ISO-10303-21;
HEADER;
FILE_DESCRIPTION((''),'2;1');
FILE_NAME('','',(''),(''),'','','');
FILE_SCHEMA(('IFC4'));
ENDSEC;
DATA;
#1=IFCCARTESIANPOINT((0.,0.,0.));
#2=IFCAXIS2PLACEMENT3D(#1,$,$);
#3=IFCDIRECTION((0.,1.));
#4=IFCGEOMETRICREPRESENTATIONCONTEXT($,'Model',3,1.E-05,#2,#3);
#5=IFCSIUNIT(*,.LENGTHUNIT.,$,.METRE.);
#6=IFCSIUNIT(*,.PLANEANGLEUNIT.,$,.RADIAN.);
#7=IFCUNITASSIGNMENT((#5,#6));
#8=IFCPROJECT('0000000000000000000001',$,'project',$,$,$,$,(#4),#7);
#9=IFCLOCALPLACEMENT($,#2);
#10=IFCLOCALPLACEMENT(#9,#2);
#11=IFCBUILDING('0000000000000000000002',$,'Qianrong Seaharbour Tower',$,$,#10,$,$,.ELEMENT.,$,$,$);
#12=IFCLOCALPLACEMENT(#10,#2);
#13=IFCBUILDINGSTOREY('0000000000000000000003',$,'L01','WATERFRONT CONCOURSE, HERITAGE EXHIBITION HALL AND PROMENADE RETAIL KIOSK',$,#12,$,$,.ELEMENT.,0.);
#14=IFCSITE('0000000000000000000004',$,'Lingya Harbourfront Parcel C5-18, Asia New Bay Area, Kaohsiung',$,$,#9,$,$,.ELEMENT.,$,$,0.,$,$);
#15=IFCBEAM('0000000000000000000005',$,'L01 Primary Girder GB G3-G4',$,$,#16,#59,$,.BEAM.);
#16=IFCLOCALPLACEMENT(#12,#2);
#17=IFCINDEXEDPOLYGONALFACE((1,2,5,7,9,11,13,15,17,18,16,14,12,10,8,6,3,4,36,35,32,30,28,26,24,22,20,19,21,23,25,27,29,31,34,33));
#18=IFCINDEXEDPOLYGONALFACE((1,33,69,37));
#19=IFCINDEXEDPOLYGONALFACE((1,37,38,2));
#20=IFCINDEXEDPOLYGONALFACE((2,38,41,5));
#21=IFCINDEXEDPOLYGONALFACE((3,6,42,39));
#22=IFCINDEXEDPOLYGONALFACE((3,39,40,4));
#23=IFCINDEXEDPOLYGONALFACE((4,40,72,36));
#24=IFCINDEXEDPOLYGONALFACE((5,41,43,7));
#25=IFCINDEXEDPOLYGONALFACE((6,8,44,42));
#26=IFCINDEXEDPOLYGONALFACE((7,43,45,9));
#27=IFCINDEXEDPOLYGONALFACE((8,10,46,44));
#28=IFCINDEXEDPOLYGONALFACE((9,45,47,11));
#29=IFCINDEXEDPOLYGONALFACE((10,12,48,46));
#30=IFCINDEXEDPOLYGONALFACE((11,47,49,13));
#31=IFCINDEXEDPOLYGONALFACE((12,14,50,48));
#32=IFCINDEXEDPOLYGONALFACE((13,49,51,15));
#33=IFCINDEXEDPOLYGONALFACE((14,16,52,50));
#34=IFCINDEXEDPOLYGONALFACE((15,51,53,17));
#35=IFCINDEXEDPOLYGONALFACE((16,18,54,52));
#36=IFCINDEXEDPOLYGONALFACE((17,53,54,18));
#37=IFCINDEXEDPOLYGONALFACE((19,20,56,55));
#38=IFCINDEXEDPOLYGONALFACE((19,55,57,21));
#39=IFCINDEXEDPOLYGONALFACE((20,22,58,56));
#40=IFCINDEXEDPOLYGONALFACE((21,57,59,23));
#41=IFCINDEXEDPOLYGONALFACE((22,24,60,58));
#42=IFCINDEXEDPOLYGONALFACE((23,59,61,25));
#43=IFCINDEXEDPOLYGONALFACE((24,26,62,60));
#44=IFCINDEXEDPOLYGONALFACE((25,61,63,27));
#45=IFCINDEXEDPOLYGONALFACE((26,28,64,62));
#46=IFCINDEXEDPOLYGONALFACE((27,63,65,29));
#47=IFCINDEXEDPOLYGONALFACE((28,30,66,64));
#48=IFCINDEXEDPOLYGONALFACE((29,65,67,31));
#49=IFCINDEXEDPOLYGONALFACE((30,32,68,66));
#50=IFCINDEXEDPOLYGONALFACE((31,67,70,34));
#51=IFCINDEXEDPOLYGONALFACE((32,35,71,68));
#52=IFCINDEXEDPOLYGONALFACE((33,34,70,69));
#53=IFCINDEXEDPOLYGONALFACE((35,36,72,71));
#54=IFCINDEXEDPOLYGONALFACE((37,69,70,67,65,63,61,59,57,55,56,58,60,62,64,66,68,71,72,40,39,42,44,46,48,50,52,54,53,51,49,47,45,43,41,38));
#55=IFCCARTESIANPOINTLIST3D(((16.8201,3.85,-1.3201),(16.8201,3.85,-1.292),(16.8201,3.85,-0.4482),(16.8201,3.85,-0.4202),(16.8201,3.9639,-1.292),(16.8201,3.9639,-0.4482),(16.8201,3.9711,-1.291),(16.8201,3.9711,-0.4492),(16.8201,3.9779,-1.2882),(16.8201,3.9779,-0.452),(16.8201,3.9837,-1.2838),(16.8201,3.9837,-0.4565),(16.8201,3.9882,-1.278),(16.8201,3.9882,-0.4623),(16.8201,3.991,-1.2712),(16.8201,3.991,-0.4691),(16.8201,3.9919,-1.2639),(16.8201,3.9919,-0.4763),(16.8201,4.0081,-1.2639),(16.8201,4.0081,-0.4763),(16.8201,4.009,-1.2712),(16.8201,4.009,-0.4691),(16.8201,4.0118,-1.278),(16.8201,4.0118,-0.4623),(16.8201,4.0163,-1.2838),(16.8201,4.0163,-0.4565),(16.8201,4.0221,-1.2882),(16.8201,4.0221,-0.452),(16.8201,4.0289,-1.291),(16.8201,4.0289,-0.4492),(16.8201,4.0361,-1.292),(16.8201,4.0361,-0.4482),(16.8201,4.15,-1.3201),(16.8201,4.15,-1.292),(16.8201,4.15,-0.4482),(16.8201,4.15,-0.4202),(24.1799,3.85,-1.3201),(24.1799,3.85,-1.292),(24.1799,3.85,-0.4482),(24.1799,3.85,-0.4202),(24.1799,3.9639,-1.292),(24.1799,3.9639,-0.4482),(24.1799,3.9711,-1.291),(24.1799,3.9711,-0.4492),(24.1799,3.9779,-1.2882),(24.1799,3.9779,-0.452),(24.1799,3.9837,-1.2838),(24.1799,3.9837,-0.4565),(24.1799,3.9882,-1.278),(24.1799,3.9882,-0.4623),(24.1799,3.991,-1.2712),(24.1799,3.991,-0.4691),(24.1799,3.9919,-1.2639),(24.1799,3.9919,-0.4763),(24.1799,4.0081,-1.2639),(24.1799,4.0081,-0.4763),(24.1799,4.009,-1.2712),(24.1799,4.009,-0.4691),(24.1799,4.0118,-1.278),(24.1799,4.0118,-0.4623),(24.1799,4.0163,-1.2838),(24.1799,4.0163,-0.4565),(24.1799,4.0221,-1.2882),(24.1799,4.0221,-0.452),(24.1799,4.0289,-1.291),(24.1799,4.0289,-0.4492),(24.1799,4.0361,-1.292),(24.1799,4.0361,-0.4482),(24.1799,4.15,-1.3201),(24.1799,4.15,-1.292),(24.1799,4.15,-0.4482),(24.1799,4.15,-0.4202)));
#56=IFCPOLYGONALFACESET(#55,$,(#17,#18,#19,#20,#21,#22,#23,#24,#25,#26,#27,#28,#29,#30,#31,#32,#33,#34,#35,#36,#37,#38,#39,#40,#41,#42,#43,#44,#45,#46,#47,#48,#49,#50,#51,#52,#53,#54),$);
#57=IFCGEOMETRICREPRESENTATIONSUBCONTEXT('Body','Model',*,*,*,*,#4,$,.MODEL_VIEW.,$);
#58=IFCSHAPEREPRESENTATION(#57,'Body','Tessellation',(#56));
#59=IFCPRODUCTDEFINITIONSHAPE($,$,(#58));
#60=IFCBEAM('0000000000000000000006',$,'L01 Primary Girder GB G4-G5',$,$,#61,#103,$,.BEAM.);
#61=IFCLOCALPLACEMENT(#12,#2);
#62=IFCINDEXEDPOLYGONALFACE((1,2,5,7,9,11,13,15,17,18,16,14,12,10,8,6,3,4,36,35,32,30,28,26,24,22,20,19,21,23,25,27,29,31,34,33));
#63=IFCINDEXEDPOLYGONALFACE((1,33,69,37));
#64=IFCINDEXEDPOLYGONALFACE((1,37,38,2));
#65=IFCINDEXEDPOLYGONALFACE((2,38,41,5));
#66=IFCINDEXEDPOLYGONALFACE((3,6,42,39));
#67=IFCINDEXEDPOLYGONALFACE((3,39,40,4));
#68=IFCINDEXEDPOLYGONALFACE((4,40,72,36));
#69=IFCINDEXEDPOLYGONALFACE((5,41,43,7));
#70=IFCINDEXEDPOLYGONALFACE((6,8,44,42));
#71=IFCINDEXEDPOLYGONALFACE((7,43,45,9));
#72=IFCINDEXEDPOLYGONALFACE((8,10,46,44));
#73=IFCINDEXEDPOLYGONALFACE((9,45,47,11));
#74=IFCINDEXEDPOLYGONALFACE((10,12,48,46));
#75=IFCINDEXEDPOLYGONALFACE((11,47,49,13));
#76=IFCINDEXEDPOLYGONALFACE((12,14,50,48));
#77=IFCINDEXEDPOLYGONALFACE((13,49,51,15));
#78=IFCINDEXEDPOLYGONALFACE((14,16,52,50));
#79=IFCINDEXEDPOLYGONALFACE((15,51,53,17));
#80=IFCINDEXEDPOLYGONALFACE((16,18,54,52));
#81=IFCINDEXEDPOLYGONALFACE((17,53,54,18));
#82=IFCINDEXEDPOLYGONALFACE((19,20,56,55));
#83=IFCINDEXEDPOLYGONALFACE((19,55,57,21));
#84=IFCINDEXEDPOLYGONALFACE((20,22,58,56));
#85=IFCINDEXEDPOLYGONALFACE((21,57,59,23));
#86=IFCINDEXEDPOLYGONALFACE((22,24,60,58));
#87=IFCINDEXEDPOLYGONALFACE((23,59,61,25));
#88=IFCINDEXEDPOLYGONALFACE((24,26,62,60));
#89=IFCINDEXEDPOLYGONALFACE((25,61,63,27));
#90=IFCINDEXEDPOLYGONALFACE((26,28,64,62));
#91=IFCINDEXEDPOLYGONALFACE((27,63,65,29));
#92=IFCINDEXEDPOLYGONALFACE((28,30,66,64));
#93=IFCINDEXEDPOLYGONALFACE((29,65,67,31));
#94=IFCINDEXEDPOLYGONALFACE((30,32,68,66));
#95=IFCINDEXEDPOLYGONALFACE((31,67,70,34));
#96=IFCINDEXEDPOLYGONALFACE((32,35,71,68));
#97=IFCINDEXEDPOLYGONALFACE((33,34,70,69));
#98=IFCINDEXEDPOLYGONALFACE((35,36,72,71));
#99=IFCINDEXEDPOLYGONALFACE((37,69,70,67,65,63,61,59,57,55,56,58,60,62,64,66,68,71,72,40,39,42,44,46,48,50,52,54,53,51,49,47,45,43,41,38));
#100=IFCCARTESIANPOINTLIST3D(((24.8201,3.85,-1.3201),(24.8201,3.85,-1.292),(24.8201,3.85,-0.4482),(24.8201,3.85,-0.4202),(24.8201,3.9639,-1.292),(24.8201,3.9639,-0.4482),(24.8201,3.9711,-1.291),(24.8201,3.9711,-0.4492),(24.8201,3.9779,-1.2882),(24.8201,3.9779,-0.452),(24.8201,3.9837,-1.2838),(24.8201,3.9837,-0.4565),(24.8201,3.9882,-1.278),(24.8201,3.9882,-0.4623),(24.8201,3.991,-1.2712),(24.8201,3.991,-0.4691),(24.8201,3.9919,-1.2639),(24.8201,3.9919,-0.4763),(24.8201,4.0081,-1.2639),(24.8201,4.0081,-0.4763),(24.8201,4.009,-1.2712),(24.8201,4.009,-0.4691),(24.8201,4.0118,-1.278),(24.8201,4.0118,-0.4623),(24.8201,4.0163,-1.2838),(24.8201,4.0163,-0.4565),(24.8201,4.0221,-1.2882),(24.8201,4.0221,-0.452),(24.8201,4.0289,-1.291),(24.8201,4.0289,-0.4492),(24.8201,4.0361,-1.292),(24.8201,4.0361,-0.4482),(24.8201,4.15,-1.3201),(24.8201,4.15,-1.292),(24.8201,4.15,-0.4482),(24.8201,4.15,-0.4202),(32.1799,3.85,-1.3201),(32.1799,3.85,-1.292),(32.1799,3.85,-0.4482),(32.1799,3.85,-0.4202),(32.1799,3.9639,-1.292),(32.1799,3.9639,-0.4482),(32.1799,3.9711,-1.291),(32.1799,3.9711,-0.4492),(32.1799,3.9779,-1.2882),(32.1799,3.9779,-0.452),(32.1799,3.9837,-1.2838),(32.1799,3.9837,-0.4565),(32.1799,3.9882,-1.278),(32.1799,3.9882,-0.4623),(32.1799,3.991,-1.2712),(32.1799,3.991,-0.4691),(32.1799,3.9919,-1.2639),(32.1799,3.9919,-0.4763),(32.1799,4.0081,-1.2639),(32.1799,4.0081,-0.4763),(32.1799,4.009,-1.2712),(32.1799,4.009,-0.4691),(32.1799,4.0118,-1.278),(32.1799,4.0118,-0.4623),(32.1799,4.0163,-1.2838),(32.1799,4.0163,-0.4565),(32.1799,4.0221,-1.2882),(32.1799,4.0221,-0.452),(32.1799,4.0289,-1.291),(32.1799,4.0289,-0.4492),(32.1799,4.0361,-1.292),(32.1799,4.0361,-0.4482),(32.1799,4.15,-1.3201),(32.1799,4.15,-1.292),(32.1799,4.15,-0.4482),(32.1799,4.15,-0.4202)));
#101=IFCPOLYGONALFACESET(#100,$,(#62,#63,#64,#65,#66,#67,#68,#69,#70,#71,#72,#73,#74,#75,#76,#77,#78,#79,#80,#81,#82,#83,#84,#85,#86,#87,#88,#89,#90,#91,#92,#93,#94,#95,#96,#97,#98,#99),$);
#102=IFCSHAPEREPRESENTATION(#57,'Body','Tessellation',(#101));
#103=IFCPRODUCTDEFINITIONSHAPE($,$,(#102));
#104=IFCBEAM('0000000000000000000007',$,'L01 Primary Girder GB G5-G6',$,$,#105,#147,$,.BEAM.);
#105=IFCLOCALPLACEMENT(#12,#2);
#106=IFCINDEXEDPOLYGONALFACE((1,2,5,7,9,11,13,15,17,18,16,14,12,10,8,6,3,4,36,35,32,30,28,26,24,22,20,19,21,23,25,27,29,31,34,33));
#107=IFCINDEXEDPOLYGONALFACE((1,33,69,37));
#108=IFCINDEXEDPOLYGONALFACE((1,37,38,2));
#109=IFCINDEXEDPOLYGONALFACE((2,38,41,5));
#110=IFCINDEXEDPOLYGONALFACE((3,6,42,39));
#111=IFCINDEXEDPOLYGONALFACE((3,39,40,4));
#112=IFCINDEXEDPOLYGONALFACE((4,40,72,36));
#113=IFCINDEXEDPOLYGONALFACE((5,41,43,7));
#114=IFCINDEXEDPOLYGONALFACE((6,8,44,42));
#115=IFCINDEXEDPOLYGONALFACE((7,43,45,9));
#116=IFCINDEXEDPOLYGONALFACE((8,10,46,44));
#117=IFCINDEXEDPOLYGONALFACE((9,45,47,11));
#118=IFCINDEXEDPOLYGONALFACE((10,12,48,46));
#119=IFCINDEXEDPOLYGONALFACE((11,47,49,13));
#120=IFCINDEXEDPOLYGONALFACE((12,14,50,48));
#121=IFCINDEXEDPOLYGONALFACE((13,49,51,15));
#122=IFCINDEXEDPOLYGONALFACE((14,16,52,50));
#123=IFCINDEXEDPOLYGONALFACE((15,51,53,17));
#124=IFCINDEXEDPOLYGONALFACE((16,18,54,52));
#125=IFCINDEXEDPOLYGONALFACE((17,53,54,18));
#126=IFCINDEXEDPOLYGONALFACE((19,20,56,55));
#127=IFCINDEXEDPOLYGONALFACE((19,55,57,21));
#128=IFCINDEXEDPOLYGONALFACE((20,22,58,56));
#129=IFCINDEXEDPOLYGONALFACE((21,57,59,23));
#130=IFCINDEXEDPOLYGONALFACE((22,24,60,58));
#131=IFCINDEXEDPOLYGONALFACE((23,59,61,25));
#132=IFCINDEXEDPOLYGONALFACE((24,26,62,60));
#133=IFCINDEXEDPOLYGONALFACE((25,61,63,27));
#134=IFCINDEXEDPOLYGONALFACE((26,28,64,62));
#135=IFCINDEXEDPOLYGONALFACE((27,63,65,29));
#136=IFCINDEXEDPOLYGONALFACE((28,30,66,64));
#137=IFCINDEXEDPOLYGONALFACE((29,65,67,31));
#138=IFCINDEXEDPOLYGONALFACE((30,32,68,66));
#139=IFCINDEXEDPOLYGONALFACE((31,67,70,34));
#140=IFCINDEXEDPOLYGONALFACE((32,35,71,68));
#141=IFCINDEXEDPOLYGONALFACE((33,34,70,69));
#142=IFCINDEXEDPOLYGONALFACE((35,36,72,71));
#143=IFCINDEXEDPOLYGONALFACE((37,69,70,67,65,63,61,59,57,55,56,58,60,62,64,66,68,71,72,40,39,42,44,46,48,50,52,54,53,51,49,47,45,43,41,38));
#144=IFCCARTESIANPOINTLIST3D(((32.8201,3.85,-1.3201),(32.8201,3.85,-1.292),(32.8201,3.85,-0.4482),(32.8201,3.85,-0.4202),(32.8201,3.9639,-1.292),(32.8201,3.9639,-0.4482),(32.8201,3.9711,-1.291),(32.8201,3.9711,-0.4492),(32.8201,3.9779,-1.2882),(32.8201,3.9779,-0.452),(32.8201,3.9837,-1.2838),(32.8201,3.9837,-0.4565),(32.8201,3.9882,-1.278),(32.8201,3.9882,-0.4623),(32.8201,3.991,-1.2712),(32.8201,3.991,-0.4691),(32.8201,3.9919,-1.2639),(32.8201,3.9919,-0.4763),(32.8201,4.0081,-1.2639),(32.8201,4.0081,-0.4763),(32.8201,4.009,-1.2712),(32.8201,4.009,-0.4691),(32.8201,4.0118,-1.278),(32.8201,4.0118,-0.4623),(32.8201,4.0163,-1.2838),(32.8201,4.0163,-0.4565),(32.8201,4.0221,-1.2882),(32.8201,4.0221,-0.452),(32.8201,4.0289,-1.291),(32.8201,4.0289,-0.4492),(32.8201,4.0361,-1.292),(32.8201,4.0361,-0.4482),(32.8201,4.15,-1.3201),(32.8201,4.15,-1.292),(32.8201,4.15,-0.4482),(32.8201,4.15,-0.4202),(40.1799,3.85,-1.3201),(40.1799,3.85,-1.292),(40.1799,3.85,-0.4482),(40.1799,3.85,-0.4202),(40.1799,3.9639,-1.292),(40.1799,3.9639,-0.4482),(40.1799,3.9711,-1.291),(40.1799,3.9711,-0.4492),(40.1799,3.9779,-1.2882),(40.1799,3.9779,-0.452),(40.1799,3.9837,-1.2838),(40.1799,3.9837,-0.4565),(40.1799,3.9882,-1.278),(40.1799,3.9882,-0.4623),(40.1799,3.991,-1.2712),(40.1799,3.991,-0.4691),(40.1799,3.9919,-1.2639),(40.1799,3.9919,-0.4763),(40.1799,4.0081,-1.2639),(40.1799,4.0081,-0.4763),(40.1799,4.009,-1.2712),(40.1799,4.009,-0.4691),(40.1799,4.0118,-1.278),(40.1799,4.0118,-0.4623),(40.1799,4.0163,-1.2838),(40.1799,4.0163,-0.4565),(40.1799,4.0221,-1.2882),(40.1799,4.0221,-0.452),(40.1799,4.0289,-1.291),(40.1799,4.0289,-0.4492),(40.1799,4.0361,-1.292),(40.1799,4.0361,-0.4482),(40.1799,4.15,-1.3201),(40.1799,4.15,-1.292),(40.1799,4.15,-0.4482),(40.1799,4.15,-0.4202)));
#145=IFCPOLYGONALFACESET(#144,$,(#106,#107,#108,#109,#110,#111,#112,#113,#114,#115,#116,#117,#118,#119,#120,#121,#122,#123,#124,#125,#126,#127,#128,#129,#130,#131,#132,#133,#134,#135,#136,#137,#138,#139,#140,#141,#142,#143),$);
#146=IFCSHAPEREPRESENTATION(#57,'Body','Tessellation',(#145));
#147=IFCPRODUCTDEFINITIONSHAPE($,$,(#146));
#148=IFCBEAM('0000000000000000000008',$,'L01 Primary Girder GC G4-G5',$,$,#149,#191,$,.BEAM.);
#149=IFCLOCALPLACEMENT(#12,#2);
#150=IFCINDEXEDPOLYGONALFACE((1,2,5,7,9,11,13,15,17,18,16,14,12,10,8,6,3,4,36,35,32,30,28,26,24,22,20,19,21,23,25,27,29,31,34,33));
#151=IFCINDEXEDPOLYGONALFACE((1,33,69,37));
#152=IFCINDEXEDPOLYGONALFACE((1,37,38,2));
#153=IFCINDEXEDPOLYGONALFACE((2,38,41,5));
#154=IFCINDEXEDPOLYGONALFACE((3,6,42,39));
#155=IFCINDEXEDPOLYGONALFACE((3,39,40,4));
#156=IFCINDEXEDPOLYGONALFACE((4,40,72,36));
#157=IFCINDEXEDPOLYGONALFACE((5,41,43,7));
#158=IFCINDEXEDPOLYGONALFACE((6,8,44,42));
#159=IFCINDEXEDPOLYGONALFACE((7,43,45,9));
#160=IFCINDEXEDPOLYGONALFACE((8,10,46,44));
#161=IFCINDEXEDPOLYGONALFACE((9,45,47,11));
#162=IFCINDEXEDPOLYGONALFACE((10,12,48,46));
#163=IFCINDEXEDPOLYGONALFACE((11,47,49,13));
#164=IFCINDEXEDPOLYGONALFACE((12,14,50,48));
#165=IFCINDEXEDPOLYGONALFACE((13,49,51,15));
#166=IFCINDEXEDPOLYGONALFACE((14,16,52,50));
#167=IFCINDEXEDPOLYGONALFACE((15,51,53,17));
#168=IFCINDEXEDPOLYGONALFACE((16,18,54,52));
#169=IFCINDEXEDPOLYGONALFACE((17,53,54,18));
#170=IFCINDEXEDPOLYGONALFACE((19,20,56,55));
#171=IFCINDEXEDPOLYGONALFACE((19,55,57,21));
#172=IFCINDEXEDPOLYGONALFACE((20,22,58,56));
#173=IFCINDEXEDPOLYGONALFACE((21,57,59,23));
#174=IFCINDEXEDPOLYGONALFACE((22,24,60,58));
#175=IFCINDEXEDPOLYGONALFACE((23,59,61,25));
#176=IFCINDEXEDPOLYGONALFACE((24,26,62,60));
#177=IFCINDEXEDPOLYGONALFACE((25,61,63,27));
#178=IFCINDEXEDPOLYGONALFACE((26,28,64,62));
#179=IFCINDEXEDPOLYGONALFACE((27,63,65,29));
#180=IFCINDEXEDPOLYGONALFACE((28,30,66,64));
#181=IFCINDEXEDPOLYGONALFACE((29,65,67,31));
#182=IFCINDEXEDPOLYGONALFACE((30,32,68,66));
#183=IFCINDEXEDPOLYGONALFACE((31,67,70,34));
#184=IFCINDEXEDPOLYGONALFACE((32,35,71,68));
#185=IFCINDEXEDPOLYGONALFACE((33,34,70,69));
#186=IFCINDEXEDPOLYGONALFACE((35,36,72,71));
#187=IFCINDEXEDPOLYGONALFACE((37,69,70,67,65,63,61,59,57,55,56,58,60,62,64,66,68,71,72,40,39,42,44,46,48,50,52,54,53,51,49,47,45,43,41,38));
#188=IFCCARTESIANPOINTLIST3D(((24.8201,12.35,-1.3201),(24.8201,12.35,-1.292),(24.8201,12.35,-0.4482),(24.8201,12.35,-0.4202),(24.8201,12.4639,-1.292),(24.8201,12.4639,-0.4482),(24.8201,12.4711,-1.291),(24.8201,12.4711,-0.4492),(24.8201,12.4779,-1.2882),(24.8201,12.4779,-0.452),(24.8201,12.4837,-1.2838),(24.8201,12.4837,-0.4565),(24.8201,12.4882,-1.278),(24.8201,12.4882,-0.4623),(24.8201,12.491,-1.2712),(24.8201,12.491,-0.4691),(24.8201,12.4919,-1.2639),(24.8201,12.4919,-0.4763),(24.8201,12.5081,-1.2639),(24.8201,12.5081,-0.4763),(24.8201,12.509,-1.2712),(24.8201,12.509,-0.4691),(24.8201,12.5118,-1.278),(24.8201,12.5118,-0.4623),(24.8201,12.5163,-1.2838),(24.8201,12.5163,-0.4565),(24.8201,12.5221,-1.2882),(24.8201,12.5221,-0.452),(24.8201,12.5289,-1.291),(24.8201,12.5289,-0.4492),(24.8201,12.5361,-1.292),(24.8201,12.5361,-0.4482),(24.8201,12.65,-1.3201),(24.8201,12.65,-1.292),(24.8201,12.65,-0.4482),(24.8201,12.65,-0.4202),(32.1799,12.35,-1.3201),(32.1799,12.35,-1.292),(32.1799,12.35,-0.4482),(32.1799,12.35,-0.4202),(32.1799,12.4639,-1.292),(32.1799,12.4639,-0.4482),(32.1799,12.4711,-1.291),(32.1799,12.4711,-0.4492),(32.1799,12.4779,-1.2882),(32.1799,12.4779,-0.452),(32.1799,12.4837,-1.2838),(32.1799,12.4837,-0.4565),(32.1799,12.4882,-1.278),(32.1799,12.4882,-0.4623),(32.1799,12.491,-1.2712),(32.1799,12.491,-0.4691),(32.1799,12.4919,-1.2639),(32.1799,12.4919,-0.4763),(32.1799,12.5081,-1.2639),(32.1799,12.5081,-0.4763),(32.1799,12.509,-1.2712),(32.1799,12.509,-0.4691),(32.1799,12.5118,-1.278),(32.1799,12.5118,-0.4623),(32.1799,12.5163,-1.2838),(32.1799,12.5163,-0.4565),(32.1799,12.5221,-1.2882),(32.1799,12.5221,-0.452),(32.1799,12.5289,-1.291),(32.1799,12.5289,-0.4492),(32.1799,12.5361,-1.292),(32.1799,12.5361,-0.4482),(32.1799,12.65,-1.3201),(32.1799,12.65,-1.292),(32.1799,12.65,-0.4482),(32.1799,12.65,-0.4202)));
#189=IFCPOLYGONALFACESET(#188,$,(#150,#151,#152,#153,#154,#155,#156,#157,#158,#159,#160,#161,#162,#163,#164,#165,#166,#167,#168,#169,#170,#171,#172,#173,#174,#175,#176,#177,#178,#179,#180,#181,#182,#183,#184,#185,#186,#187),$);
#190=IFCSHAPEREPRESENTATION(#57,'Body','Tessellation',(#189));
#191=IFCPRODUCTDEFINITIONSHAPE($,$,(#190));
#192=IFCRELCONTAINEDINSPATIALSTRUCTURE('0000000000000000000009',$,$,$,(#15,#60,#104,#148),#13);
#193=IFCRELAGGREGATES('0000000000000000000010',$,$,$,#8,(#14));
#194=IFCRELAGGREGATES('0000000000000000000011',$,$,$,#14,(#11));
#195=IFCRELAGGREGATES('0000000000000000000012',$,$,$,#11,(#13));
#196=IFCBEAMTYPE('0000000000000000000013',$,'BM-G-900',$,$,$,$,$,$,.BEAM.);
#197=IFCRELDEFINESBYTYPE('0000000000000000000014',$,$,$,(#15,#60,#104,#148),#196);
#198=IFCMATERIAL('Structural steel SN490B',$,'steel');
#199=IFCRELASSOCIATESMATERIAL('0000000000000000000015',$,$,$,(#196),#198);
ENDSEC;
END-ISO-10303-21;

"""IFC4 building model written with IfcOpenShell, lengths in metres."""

from ifc_helpers import new_model, si_unit, direction, frame, origin, origin_2d, place, context, subcontext, project, spatial, i_section, extrude, material, material_profile, profile_set, type_object, element, save


model = new_model("IFC4")

# Units and contexts
model_context = context("Model", 3, precision=1e-05, world=origin(), true_north=direction((0.0, 1.0)))
body_context = subcontext(model_context, "Body", "Model", "MODEL_VIEW")
ifc_project = project(units=[si_unit("LENGTHUNIT", "METRE"), si_unit("PLANEANGLEUNIT", "RADIAN")], contexts=[model_context])

# Site, building, storey
site_placement = place(None, origin())
site = spatial("IfcSite", under=ifc_project, at=site_placement, Name="Lingya Harbourfront Parcel C5-18, Asia New Bay Area, Kaohsiung", CompositionType="ELEMENT", RefElevation=0.0)
building_placement = place(site_placement, origin())
building = spatial("IfcBuilding", under=site, at=building_placement, Name="Qianrong Seaharbour Tower", CompositionType="ELEMENT")
storey_placement = place(building_placement, origin())
storey = spatial("IfcBuildingStorey", under=building, at=storey_placement, Name="L01", Description="WATERFRONT CONCOURSE, HERITAGE EXHIBITION HALL AND PROMENADE RETAIL KIOSK", CompositionType="ELEMENT", Elevation=0.0)

# Shared definitions
ifc_material_1 = material(Name="Structural steel SN490B", Category="steel")

# Beams
ifc_material_profile_1 = material_profile(ifc_material_1, i_section(OverallWidth=0.3, OverallDepth=0.8999, WebThickness=0.0161, FlangeThickness=0.0281, FilletRadius=0.0281, at=origin_2d()), Name="H900x300x16x28")
ifc_profile_set_1 = profile_set([ifc_material_profile_1], Name="Structural steel SN490B")
beam_type_1 = type_object("IfcBeamType", Name="BM-G-900", PredefinedType="BEAM", material=ifc_profile_set_1)
for number, where, z_axis, x_axis, name in (
    (1, (16.8201, 4.0, -0.8701), (1.0, 0.0, 0.0), (0.0, 1.0, 0.0), "L01 Primary Girder GB G3-G4"),
    (2, (24.8201, 4.0, -0.8701), (1.0, 0.0, 0.0), (0.0, 1.0, 0.0), "L01 Primary Girder GB G4-G5"),
    (3, (32.8201, 4.0, -0.8701), (1.0, 0.0, 0.0), (0.0, 1.0, 0.0), "L01 Primary Girder GB G5-G6"),
    (4, (24.8201, 12.5, -0.8701), (1.0, 0.0, 0.0), (0.0, 1.0, 0.0), "L01 Primary Girder GC G4-G5"),
):
    element("IfcBeam", number, at=place(storey_placement, frame(where, z_axis=z_axis, x_axis=x_axis)), inside=storey, type_object=beam_type_1, Name=name, PredefinedType="BEAM", context=body_context, shape_type="SweptSolid", body=[
        extrude(i_section(OverallWidth=0.3, OverallDepth=0.8999, WebThickness=0.0161, FlangeThickness=0.0281, FilletRadius=0.0281, at=origin_2d()), origin(), (0.0, 0.0, 1.0), 7.3599),
    ])

save(model, "model.ifc")
